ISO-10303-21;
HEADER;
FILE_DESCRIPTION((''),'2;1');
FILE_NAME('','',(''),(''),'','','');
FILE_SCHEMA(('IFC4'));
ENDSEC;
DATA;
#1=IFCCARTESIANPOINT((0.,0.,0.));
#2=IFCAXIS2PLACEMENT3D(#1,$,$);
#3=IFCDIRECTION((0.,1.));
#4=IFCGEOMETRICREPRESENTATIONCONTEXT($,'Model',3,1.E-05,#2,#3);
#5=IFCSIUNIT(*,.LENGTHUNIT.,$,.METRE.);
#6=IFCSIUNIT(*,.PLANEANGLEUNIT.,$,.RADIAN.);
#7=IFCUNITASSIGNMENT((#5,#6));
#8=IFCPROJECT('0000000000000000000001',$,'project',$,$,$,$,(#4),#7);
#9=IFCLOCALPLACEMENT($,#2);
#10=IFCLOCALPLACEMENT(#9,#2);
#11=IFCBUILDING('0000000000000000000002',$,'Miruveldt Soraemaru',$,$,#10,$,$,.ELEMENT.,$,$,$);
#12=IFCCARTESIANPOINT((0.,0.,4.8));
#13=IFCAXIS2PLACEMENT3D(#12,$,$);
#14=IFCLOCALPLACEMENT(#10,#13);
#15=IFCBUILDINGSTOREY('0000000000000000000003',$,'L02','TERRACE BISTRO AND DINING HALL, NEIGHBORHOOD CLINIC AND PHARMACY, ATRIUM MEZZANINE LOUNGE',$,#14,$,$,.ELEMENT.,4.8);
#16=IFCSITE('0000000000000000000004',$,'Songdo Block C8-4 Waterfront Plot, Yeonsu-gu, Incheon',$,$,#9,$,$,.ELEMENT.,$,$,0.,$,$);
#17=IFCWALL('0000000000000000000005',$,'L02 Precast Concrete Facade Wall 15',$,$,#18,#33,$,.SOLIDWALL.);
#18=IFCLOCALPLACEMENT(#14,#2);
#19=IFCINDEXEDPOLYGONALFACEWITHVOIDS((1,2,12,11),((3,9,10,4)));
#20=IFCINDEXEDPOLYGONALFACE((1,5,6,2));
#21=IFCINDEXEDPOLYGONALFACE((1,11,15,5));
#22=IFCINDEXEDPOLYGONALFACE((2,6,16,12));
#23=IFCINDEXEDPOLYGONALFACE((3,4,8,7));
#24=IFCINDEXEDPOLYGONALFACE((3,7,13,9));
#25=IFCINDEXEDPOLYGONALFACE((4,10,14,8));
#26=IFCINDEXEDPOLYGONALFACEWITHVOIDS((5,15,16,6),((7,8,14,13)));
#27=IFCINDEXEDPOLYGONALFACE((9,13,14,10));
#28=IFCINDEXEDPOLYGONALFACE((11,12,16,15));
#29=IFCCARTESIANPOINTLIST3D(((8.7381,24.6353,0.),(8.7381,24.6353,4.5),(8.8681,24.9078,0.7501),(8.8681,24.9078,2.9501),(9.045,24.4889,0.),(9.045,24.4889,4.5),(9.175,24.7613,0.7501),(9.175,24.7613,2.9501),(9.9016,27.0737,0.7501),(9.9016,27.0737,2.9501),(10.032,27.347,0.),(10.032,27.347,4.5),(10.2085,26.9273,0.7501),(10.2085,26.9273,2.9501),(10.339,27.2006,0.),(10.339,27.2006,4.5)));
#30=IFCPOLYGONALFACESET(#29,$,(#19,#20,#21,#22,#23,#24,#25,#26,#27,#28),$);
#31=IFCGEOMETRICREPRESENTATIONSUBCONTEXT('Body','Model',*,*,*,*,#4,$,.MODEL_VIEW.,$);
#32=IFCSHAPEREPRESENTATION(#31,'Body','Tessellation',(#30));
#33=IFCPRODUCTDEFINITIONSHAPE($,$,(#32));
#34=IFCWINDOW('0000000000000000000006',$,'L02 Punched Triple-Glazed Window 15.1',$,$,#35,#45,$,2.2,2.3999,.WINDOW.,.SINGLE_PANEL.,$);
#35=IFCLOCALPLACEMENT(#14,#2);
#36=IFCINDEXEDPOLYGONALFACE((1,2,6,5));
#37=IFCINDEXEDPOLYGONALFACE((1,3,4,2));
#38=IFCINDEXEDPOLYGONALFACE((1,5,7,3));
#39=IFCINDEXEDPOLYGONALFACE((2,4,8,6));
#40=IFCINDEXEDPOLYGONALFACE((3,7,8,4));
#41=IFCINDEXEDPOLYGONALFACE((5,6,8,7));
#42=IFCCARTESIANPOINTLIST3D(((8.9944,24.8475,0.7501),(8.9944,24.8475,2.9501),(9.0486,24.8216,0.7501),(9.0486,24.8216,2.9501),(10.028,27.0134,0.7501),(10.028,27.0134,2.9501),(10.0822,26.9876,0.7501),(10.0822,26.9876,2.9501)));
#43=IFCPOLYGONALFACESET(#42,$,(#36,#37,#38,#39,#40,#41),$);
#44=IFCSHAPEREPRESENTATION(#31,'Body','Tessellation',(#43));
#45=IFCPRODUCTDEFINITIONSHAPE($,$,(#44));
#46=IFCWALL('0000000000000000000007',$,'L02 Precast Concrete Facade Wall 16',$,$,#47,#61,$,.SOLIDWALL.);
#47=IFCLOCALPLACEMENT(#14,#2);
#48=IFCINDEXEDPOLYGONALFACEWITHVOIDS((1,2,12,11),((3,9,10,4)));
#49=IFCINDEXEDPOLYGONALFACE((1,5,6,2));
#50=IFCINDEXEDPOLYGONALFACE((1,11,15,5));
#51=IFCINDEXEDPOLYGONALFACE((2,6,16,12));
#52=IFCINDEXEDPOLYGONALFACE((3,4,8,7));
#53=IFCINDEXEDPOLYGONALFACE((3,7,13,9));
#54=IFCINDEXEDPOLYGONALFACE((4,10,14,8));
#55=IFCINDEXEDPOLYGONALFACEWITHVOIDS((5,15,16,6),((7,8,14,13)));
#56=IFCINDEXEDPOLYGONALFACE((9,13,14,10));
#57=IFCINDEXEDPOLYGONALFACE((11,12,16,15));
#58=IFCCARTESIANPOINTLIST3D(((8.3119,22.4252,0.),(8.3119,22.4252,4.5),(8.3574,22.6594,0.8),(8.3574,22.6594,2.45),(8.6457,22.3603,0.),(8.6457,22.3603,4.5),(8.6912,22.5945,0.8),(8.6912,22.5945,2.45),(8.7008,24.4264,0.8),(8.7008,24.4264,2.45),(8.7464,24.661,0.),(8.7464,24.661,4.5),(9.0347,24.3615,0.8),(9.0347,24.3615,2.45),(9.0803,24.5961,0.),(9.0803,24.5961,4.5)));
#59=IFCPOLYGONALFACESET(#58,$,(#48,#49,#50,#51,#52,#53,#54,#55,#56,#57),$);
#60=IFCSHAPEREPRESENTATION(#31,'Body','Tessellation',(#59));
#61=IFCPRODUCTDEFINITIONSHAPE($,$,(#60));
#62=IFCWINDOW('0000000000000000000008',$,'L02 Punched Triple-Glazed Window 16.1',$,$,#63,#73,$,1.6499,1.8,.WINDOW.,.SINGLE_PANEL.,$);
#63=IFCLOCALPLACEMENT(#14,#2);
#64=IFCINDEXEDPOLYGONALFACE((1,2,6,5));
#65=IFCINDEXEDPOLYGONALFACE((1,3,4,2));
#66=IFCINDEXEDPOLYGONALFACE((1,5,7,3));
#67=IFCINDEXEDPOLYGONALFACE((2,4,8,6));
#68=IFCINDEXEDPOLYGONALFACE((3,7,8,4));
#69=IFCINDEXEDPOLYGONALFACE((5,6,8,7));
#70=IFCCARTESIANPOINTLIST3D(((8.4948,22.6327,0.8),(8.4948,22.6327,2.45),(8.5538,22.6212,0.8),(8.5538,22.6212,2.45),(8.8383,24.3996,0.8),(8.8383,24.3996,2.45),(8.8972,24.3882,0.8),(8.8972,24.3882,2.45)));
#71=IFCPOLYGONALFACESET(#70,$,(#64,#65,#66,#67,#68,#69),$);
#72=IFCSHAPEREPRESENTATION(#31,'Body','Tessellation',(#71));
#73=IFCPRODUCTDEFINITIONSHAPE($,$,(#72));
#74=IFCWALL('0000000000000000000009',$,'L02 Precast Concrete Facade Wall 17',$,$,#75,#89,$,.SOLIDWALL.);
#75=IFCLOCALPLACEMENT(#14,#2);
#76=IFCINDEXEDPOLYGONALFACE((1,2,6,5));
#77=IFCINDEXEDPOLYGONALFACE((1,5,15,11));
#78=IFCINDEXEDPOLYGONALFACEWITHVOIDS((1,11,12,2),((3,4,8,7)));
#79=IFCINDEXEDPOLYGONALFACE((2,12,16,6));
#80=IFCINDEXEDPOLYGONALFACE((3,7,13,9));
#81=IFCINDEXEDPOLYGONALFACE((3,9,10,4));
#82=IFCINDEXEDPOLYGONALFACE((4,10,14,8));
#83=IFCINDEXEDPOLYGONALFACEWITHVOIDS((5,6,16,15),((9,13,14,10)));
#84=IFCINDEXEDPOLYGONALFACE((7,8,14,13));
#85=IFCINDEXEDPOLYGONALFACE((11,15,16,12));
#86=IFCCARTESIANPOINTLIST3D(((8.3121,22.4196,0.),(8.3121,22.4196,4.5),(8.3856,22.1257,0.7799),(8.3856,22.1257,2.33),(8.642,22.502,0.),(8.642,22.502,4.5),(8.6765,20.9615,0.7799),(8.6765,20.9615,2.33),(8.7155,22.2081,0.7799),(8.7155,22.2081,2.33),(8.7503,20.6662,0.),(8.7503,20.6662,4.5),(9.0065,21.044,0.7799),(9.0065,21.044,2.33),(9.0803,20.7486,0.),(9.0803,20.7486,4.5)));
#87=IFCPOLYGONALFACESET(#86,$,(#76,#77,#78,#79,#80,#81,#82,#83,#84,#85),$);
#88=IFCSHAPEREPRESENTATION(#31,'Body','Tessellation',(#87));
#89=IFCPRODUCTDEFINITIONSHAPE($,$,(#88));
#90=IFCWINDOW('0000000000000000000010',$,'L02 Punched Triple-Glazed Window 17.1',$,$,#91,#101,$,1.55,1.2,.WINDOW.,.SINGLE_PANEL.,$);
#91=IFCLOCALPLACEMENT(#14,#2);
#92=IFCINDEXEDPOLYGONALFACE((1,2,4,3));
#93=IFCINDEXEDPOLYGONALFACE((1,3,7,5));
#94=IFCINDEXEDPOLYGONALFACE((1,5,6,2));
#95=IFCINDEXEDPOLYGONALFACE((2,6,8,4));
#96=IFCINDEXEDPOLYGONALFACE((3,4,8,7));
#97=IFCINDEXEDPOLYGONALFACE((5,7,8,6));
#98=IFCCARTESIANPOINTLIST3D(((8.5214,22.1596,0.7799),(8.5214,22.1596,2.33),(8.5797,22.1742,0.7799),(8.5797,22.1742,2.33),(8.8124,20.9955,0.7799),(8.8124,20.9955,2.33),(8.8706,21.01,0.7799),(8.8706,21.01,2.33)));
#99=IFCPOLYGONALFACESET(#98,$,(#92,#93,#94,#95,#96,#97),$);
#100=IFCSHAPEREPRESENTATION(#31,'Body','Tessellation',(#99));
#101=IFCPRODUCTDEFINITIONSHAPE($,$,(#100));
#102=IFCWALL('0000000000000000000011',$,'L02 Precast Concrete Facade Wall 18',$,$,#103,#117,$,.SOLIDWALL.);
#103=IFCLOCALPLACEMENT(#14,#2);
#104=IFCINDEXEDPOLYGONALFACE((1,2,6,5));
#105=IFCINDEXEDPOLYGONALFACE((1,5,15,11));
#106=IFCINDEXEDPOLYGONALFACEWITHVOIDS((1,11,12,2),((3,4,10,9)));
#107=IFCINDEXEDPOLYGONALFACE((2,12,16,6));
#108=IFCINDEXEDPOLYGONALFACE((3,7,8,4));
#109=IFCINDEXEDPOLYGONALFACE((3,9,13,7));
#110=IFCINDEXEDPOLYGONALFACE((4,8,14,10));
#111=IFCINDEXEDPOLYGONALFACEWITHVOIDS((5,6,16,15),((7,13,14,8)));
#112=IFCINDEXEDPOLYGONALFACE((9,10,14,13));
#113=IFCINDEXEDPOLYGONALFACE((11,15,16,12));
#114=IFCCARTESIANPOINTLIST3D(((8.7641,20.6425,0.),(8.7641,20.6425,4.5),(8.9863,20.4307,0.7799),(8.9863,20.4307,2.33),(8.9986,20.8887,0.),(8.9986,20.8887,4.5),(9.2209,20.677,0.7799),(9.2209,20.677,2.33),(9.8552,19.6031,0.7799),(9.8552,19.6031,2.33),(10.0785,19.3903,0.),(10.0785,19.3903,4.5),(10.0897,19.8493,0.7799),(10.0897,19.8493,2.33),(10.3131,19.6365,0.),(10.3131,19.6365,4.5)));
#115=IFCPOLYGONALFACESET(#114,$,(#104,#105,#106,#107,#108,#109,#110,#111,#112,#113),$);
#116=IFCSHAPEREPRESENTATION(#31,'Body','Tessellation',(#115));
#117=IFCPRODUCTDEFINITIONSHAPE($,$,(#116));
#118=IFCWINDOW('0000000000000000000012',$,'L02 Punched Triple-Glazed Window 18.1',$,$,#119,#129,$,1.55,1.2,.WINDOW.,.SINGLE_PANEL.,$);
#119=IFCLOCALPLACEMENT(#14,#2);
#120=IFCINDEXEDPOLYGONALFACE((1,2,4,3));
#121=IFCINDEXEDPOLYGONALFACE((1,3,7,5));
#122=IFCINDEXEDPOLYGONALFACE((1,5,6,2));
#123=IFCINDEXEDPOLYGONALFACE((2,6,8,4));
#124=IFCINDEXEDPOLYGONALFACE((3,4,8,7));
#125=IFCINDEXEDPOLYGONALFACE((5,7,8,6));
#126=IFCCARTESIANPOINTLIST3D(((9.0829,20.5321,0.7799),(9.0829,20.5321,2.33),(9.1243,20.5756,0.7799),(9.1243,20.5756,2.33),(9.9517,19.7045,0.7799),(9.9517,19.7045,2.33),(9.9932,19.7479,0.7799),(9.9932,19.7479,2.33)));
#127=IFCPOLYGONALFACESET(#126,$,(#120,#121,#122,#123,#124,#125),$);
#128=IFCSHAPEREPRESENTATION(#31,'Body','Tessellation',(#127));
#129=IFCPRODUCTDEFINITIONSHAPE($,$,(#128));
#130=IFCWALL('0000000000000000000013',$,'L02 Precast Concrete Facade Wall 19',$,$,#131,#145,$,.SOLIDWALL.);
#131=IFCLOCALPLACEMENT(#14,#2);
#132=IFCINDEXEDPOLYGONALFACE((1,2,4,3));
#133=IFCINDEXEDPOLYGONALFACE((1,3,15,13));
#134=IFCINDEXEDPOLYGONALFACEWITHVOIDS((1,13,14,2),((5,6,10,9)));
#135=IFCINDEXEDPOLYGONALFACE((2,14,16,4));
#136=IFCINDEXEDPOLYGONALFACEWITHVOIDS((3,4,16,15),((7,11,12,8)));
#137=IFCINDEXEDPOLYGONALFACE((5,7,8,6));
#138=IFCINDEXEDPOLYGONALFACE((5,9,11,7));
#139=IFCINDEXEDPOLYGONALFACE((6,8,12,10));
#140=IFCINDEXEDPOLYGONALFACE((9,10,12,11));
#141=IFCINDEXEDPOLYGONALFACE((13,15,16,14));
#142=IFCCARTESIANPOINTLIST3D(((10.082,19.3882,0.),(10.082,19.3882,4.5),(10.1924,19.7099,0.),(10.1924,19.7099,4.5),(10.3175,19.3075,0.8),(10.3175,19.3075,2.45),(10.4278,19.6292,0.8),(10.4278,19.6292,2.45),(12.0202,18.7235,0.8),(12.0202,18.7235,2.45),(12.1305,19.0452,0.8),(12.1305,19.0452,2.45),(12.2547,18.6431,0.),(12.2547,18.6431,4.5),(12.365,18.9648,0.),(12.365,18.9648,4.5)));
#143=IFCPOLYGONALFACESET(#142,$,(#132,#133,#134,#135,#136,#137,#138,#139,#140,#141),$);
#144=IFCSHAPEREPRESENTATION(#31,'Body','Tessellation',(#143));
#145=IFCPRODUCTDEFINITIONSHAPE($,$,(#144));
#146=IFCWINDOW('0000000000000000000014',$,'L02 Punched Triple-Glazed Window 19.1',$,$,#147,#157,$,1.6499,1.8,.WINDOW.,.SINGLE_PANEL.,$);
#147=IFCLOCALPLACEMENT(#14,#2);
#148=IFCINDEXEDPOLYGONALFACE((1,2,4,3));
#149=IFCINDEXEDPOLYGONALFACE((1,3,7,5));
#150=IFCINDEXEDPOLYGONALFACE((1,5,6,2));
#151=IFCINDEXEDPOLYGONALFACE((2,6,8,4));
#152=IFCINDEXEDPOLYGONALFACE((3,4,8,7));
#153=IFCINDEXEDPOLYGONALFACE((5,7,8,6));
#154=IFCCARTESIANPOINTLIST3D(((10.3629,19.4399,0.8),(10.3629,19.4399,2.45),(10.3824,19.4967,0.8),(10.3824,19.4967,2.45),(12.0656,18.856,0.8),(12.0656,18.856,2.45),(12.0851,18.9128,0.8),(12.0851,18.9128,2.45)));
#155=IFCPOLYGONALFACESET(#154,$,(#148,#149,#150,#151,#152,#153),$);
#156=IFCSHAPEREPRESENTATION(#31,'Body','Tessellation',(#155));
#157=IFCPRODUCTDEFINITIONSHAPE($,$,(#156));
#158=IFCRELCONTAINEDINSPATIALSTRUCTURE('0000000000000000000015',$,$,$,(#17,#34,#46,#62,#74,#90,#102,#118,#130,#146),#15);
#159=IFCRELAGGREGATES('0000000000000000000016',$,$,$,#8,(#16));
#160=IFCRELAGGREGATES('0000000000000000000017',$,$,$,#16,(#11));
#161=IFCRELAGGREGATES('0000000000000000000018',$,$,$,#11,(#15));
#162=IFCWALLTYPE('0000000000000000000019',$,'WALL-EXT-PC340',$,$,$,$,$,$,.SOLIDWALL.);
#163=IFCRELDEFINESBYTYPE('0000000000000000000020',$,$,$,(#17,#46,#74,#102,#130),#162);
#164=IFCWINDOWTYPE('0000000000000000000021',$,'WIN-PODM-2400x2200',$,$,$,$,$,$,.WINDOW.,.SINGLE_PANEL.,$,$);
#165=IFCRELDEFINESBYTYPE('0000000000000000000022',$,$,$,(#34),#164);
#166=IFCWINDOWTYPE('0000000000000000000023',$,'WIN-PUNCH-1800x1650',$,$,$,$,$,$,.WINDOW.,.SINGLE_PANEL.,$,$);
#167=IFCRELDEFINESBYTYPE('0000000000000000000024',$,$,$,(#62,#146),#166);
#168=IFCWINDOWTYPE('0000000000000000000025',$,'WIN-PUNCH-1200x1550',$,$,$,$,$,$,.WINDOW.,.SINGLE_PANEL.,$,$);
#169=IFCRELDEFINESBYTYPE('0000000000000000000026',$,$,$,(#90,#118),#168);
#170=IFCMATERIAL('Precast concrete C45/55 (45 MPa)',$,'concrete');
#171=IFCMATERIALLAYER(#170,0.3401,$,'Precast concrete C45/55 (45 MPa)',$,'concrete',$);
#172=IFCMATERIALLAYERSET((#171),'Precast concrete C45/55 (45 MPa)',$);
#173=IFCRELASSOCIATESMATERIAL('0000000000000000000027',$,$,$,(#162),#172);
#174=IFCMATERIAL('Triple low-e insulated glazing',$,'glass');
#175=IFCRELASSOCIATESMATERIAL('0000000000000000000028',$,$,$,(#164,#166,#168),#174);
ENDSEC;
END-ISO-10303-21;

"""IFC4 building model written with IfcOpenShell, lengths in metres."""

from ifc_helpers import new_model, si_unit, direction, frame, frame_2d, origin, place, context, subcontext, project, spatial, rectangle, extrude, material, layer, layer_set, type_object, element, fill, save


model = new_model("IFC4")

# Units and contexts
model_context = context("Model", 3, precision=1e-05, world=origin(), true_north=direction((0.0, 1.0)))
body_context = subcontext(model_context, "Body", "Model", "MODEL_VIEW")
ifc_project = project(units=[si_unit("LENGTHUNIT", "METRE"), si_unit("PLANEANGLEUNIT", "RADIAN")], contexts=[model_context])

# Site, building, storey
site_placement = place(None, origin())
site = spatial("IfcSite", under=ifc_project, at=site_placement, Name="Songdo Block C8-4 Waterfront Plot, Yeonsu-gu, Incheon", CompositionType="ELEMENT", RefElevation=0.0)
building_placement = place(site_placement, origin())
building = spatial("IfcBuilding", under=site, at=building_placement, Name="Miruveldt Soraemaru", CompositionType="ELEMENT")
storey_placement = place(building_placement, frame((0.0, 0.0, 4.8)))
storey = spatial("IfcBuildingStorey", under=building, at=storey_placement, Name="L02", Description="TERRACE BISTRO AND DINING HALL, NEIGHBORHOOD CLINIC AND PHARMACY, ATRIUM MEZZANINE LOUNGE", CompositionType="ELEMENT", Elevation=4.8)

# Walls, openings, windows
ifc_material_1 = material(Name="Precast concrete C45/55 (45 MPa)", Category="concrete")
ifc_layer_1 = layer(ifc_material_1, 0.3401, Name="Precast concrete C45/55 (45 MPa)", Category="concrete")
ifc_layer_set_1 = layer_set([ifc_layer_1], Name="Precast concrete C45/55 (45 MPa)")
wall_type_1 = type_object("IfcWallType", Name="WALL-EXT-PC340", PredefinedType="SOLIDWALL", material=ifc_layer_set_1)
ifc_material_2 = material(Name="Triple low-e insulated glazing", Category="glass")
window_type_1 = type_object("IfcWindowType", Name="WIN-PODM-2400x2200", PartitioningType="SINGLE_PANEL", PredefinedType="WINDOW", material=ifc_material_2)
wall_1_placement = place(storey_placement, frame((10.1855, 27.2739, 0.0), z_axis=(0.0, 0.0, 1.0), x_axis=(-0.430659, -0.902515, 0.0)))
wall_1 = element("IfcWall", 1, at=wall_1_placement, inside=storey, type_object=wall_type_1, Name="L02 Precast Concrete Facade Wall 15", PredefinedType="SOLIDWALL", context=body_context, shape_type="SweptSolid", body=[
    extrude(rectangle(XDim=3.0046, YDim=0.3401, at=frame_2d((1.5024, 0.0))), origin(), (0.0, 0.0, 1.0), 4.5),
])
opening_1_placement = place(wall_1_placement, frame((0.303, 0.0, 0.75)))
opening_1 = element("IfcOpeningElement", 2, at=opening_1_placement, cuts=wall_1, PredefinedType="OPENING", context=body_context, shape_type="SweptSolid", body=[
    extrude(rectangle(XDim=2.3999, YDim=2.2, at=frame_2d((1.2, 1.1001))), frame((0.0, 0.1802, 0.0), z_axis=(0.0, -1.0, 0.0), x_axis=(1.0, 0.0, 0.0)), (0.0, 0.0, 1.0), 0.3601),
])
window_1_placement = place(opening_1_placement, origin())
window_1 = element("IfcWindow", 3, at=window_1_placement, inside=storey, type_object=window_type_1, Name="L02 Punched Triple-Glazed Window 15.1", OverallHeight=2.2, OverallWidth=2.3999, PartitioningType="SINGLE_PANEL", PredefinedType="WINDOW", context=body_context, shape_type="SweptSolid", body=[
    extrude(rectangle(XDim=2.3999, YDim=2.2, at=frame_2d((1.2, 1.1001))), frame((0.0, 0.03, 0.0), z_axis=(0.0, -1.0, 0.0), x_axis=(1.0, 0.0, 0.0)), (0.0, 0.0, 1.0), 0.0601),
])
fill(opening_1, window_1)
wall_2_placement = place(storey_placement, frame((8.9133, 24.6284, 0.0), z_axis=(0.0, 0.0, 1.0), x_axis=(-0.190795, -0.98163, 0.0)))
wall_2 = element("IfcWall", 4, at=wall_2_placement, inside=storey, type_object=wall_type_1, Name="L02 Precast Concrete Facade Wall 16", PredefinedType="SOLIDWALL", context=body_context, shape_type="SweptSolid", body=[
    extrude(rectangle(XDim=2.2776, YDim=0.3401, at=frame_2d((1.1387, 0.0))), origin(), (0.0, 0.0, 1.0), 4.5),
])
opening_2_placement = place(wall_2_placement, frame((0.239, 0.0, 0.8)))
opening_2 = element("IfcOpeningElement", 5, at=opening_2_placement, cuts=wall_2, PredefinedType="OPENING", context=body_context, shape_type="SweptSolid", body=[
    extrude(rectangle(XDim=1.8, YDim=1.6499, at=frame_2d((0.8999, 0.825))), frame((0.0, 0.1802, 0.0), z_axis=(0.0, -1.0, 0.0), x_axis=(1.0, 0.0, 0.0)), (0.0, 0.0, 1.0), 0.3601),
])
window_type_2 = type_object("IfcWindowType", Name="WIN-PUNCH-1800x1650", PartitioningType="SINGLE_PANEL", PredefinedType="WINDOW", material=ifc_material_2)
window_2_placement = place(opening_2_placement, origin())
window_2 = element("IfcWindow", 6, at=window_2_placement, inside=storey, type_object=window_type_2, Name="L02 Punched Triple-Glazed Window 16.1", OverallHeight=1.6499, OverallWidth=1.8, PartitioningType="SINGLE_PANEL", PredefinedType="WINDOW", context=body_context, shape_type="SweptSolid", body=[
    extrude(rectangle(XDim=1.8, YDim=1.6499, at=frame_2d((0.8999, 0.825))), frame((0.0, 0.03, 0.0), z_axis=(0.0, -1.0, 0.0), x_axis=(1.0, 0.0, 0.0)), (0.0, 0.0, 1.0), 0.0601),
])
fill(opening_2, window_2)
wall_3_placement = place(storey_placement, frame((8.4771, 22.4609, 0.0), z_axis=(0.0, 0.0, 1.0), x_axis=(0.242472, -0.970158, 0.0)))
wall_3 = element("IfcWall", 7, at=wall_3_placement, inside=storey, type_object=wall_type_1, Name="L02 Precast Concrete Facade Wall 17", PredefinedType="SOLIDWALL", context=body_context, shape_type="SweptSolid", body=[
    extrude(rectangle(XDim=1.8074, YDim=0.3401, at=frame_2d((0.9038, 0.0))), origin(), (0.0, 0.0, 1.0), 4.5),
])
opening_3_placement = place(wall_3_placement, frame((0.303, 0.0, 0.78)))
opening_3 = element("IfcOpeningElement", 8, at=opening_3_placement, cuts=wall_3, PredefinedType="OPENING", context=body_context, shape_type="SweptSolid", body=[
    extrude(rectangle(XDim=1.2, YDim=1.55, at=frame_2d((0.6001, 0.7749))), frame((0.0, 0.1802, 0.0), z_axis=(0.0, -1.0, 0.0), x_axis=(1.0, 0.0, 0.0)), (0.0, 0.0, 1.0), 0.3601),
])
window_type_3 = type_object("IfcWindowType", Name="WIN-PUNCH-1200x1550", PartitioningType="SINGLE_PANEL", PredefinedType="WINDOW", material=ifc_material_2)
window_3_placement = place(opening_3_placement, origin())
window_3 = element("IfcWindow", 9, at=window_3_placement, inside=storey, type_object=window_type_3, Name="L02 Punched Triple-Glazed Window 17.1", OverallHeight=1.55, OverallWidth=1.2, PartitioningType="SINGLE_PANEL", PredefinedType="WINDOW", context=body_context, shape_type="SweptSolid", body=[
    extrude(rectangle(XDim=1.2, YDim=1.55, at=frame_2d((0.6001, 0.7749))), frame((0.0, 0.03, 0.0), z_axis=(0.0, -1.0, 0.0), x_axis=(1.0, 0.0, 0.0)), (0.0, 0.0, 1.0), 0.0601),
])
fill(opening_3, window_3)
wall_4_placement = place(storey_placement, frame((8.8813, 20.7656, 0.0), z_axis=(0.0, 0.0, 1.0), x_axis=(0.724045, -0.689753, 0.0)))
wall_4 = element("IfcWall", 10, at=wall_4_placement, inside=storey, type_object=wall_type_1, Name="L02 Precast Concrete Facade Wall 18", PredefinedType="SOLIDWALL", context=body_context, shape_type="SweptSolid", body=[
    extrude(rectangle(XDim=1.8154, YDim=0.3401, at=frame_2d((0.9077, 0.0))), origin(), (0.0, 0.0, 1.0), 4.5),
])
opening_4_placement = place(wall_4_placement, frame((0.3069, 0.0, 0.78)))
opening_4 = element("IfcOpeningElement", 11, at=opening_4_placement, cuts=wall_4, PredefinedType="OPENING", context=body_context, shape_type="SweptSolid", body=[
    extrude(rectangle(XDim=1.2, YDim=1.55, at=frame_2d((0.6001, 0.7749))), frame((0.0, 0.1802, 0.0), z_axis=(0.0, -1.0, 0.0), x_axis=(1.0, 0.0, 0.0)), (0.0, 0.0, 1.0), 0.3601),
])
window_4_placement = place(opening_4_placement, origin())
window_4 = element("IfcWindow", 12, at=window_4_placement, inside=storey, type_object=window_type_3, Name="L02 Punched Triple-Glazed Window 18.1", OverallHeight=1.55, OverallWidth=1.2, PartitioningType="SINGLE_PANEL", PredefinedType="WINDOW", context=body_context, shape_type="SweptSolid", body=[
    extrude(rectangle(XDim=1.2, YDim=1.55, at=frame_2d((0.6001, 0.7749))), frame((0.0, 0.03, 0.0), z_axis=(0.0, -1.0, 0.0), x_axis=(1.0, 0.0, 0.0)), (0.0, 0.0, 1.0), 0.0601),
])
fill(opening_4, window_4)
wall_5_placement = place(storey_placement, frame((10.1372, 19.5491, 0.0), z_axis=(0.0, 0.0, 1.0), x_axis=(0.945916, -0.324411, 0.0)))
wall_5 = element("IfcWall", 13, at=wall_5_placement, inside=storey, type_object=wall_type_1, Name="L02 Precast Concrete Facade Wall 19", PredefinedType="SOLIDWALL", context=body_context, shape_type="SweptSolid", body=[
    extrude(rectangle(XDim=2.2969, YDim=0.3401, at=frame_2d((1.1484, 0.0))), origin(), (0.0, 0.0, 1.0), 4.5),
])
opening_5_placement = place(wall_5_placement, frame((0.249, 0.0, 0.8)))
opening_5 = element("IfcOpeningElement", 14, at=opening_5_placement, cuts=wall_5, PredefinedType="OPENING", context=body_context, shape_type="SweptSolid", body=[
    extrude(rectangle(XDim=1.8, YDim=1.6499, at=frame_2d((0.8999, 0.825))), frame((0.0, 0.1802, 0.0), z_axis=(0.0, -1.0, 0.0), x_axis=(1.0, 0.0, 0.0)), (0.0, 0.0, 1.0), 0.3601),
])
window_5_placement = place(opening_5_placement, origin())
window_5 = element("IfcWindow", 15, at=window_5_placement, inside=storey, type_object=window_type_2, Name="L02 Punched Triple-Glazed Window 19.1", OverallHeight=1.6499, OverallWidth=1.8, PartitioningType="SINGLE_PANEL", PredefinedType="WINDOW", context=body_context, shape_type="SweptSolid", body=[
    extrude(rectangle(XDim=1.8, YDim=1.6499, at=frame_2d((0.8999, 0.825))), frame((0.0, 0.03, 0.0), z_axis=(0.0, -1.0, 0.0), x_axis=(1.0, 0.0, 0.0)), (0.0, 0.0, 1.0), 0.0601),
])
fill(opening_5, window_5)

save(model, "model.ifc")
